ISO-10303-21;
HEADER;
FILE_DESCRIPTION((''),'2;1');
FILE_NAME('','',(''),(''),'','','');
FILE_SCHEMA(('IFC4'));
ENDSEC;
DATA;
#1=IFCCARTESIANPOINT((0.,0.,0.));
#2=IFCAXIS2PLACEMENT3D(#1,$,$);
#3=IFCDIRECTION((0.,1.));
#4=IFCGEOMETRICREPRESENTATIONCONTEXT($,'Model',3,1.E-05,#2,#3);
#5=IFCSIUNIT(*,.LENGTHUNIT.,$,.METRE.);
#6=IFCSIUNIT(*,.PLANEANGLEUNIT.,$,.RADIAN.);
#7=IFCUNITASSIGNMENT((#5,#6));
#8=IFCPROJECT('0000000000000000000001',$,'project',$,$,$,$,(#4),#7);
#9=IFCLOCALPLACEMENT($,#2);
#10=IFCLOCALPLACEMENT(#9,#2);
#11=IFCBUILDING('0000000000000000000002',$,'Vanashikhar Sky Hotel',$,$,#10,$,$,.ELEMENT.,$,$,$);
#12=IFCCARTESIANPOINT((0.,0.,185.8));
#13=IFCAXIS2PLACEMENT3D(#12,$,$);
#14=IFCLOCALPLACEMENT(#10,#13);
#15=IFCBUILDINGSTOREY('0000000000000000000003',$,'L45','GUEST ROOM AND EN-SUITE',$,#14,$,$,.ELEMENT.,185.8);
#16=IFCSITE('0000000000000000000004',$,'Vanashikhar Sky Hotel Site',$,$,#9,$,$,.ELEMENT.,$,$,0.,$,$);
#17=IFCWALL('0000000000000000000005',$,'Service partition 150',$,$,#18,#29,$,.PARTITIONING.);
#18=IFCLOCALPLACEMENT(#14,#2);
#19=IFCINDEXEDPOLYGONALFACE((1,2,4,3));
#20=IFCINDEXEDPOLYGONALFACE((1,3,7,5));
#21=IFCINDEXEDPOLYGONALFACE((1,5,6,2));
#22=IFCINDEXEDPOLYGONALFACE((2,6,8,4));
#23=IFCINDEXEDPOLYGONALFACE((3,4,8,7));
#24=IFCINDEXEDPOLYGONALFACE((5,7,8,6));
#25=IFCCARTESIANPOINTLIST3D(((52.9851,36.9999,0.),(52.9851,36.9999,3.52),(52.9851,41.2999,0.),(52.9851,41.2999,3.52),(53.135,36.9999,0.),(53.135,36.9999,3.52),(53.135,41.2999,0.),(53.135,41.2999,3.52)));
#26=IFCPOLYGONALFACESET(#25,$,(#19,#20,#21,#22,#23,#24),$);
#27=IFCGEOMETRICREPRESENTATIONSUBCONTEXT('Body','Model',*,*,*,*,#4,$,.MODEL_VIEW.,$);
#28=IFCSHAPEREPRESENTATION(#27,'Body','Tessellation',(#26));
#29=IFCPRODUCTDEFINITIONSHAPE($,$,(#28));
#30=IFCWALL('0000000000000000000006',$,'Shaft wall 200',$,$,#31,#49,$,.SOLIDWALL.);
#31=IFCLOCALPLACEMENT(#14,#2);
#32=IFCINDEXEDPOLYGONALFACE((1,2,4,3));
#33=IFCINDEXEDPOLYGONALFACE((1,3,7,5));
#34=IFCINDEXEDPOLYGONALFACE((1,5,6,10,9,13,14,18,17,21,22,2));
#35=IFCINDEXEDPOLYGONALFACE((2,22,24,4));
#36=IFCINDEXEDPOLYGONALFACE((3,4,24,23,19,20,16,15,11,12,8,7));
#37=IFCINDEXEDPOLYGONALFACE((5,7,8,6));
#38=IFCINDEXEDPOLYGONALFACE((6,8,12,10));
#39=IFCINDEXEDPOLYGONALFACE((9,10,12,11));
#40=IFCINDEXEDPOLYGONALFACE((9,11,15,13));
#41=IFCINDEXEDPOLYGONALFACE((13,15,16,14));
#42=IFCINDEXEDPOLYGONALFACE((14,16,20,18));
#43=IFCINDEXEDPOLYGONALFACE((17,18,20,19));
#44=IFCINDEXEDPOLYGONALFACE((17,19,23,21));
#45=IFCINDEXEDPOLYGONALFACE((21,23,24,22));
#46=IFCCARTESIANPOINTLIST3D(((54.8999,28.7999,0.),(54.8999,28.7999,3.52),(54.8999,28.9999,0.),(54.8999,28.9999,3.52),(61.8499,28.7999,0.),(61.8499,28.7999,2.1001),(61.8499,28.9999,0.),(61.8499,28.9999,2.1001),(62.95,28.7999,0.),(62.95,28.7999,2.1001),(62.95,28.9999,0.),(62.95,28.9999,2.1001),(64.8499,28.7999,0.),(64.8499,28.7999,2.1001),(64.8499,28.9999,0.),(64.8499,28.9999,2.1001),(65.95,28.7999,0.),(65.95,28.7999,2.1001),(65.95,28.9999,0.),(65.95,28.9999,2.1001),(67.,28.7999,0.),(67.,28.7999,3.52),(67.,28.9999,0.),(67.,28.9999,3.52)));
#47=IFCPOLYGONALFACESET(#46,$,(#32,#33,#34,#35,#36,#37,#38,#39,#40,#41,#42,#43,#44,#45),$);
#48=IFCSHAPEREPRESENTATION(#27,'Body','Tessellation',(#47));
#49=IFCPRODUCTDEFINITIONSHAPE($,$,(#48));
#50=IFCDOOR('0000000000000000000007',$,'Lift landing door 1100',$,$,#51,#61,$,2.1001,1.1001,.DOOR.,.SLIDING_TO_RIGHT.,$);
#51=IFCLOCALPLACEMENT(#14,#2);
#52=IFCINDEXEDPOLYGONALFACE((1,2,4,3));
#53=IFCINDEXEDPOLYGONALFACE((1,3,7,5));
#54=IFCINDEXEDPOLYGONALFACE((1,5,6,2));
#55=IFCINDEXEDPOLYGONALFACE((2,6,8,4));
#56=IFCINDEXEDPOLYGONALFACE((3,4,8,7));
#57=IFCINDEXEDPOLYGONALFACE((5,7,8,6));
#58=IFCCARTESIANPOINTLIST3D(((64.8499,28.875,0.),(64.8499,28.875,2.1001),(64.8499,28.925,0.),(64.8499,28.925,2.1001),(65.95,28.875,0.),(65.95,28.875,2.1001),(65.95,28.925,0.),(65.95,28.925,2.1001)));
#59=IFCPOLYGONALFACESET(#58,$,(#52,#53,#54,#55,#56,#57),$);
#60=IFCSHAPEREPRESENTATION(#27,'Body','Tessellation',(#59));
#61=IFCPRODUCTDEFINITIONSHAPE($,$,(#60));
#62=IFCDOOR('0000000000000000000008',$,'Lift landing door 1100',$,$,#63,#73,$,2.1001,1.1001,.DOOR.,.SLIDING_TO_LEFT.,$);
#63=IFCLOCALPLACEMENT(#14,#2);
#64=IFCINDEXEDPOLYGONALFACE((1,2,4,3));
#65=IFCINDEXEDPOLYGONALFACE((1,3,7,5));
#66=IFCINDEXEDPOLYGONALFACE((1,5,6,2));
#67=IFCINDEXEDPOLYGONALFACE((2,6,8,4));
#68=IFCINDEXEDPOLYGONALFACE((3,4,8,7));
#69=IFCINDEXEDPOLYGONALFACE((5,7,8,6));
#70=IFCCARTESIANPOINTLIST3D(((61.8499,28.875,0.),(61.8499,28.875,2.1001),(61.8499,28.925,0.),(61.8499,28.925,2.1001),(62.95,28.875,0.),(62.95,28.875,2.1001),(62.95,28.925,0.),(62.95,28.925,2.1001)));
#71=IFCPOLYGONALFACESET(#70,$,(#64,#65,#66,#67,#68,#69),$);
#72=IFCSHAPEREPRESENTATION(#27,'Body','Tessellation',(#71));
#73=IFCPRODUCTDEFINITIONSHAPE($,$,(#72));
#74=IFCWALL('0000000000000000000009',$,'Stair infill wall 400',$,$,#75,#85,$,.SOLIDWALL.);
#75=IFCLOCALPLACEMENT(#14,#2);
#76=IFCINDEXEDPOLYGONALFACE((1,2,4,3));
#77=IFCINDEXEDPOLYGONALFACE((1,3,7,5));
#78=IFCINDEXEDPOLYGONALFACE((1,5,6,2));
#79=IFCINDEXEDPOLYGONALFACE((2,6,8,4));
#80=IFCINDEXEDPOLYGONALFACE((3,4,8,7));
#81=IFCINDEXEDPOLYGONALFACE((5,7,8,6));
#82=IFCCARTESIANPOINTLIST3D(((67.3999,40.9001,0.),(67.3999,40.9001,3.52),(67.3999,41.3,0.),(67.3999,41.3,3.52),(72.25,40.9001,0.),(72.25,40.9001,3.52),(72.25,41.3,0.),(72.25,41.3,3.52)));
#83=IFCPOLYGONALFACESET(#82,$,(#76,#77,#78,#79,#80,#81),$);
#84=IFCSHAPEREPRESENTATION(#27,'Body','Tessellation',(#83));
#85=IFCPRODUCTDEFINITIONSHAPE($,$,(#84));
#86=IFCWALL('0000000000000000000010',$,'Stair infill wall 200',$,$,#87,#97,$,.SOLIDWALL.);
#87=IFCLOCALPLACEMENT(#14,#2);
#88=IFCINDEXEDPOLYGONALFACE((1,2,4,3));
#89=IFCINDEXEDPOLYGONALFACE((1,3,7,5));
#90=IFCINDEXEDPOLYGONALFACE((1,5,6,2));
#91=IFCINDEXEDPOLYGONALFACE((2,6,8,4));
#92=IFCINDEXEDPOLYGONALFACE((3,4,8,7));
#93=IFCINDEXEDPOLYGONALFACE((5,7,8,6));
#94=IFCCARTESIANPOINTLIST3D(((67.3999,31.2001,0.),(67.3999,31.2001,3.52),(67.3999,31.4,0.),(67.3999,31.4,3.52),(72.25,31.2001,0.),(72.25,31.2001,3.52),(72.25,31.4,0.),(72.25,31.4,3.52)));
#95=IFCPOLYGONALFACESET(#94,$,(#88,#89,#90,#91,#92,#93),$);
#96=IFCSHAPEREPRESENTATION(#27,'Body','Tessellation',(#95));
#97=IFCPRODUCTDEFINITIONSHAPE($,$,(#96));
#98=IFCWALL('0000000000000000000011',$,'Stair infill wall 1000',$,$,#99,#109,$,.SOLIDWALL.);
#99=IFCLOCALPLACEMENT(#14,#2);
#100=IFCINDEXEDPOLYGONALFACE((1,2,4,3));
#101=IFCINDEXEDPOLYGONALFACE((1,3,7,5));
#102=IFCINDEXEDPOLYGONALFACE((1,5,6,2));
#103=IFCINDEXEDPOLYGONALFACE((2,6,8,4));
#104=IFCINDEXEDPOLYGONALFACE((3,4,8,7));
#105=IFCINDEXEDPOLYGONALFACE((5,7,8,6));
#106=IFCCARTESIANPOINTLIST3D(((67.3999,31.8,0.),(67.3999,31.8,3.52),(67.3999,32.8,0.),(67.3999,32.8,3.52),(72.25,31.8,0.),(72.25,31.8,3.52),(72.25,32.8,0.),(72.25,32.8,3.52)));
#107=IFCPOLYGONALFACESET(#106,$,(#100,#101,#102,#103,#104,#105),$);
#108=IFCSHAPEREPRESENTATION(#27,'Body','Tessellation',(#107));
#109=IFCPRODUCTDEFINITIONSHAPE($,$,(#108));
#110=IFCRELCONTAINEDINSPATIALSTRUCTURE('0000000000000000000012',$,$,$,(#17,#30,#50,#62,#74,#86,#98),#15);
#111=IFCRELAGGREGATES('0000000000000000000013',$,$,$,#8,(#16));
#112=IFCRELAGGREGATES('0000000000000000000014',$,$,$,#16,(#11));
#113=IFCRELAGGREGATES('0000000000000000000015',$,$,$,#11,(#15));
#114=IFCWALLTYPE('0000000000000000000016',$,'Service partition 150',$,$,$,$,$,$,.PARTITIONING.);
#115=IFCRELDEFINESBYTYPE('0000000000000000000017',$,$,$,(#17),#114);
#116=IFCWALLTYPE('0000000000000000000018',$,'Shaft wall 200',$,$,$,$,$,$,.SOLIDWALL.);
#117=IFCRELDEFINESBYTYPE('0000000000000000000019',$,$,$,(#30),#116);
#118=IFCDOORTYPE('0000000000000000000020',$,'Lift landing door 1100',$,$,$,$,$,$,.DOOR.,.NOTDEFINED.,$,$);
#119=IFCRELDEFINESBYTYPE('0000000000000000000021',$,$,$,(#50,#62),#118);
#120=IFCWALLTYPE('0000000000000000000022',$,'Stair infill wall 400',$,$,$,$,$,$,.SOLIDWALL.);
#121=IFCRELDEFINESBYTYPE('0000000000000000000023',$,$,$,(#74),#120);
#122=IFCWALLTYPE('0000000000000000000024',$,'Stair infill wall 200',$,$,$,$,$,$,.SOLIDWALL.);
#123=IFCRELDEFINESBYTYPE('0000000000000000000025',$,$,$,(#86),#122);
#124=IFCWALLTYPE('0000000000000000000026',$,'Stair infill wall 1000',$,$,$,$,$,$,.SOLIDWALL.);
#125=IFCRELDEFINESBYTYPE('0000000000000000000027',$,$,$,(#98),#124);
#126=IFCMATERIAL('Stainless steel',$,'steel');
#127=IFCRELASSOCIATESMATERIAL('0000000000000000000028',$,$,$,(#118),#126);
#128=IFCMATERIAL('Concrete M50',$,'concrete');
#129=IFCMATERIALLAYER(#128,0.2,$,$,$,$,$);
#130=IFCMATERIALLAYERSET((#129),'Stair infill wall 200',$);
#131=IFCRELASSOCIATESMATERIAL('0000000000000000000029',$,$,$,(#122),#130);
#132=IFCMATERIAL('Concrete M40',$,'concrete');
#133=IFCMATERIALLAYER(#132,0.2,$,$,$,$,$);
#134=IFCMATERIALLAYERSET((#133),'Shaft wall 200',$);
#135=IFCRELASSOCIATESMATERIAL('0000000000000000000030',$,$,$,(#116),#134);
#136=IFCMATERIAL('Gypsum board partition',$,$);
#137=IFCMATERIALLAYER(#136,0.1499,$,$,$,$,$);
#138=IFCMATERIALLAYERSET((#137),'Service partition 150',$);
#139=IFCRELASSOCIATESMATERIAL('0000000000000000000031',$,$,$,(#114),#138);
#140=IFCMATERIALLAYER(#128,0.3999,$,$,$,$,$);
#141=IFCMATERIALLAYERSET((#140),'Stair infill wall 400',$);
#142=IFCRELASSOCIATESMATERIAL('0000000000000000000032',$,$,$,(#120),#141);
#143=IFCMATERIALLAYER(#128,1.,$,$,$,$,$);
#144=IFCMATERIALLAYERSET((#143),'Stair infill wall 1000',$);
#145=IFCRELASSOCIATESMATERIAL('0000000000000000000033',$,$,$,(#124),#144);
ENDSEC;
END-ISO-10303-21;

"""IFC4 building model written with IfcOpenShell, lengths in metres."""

from ifc_helpers import new_model, si_unit, direction, frame, frame_2d, origin, place, context, subcontext, project, spatial, rectangle, extrude, source, transform, mapped, material, layer, layer_set, type_object, element, fill, save


model = new_model("IFC4")

# Units and contexts
model_context = context("Model", 3, precision=1e-05, world=origin(), true_north=direction((0.0, 1.0)))
body_context = subcontext(model_context, "Body", "Model", "MODEL_VIEW")
ifc_project = project(units=[si_unit("LENGTHUNIT", "METRE"), si_unit("PLANEANGLEUNIT", "RADIAN")], contexts=[model_context])

# Site, building, storey
site_placement = place(None, origin())
site = spatial("IfcSite", under=ifc_project, at=site_placement, Name="Vanashikhar Sky Hotel Site", CompositionType="ELEMENT", RefElevation=0.0)
building_placement = place(site_placement, origin())
building = spatial("IfcBuilding", under=site, at=building_placement, Name="Vanashikhar Sky Hotel", CompositionType="ELEMENT")
storey_placement = place(building_placement, frame((0.0, 0.0, 185.8)))
storey = spatial("IfcBuildingStorey", under=building, at=storey_placement, Name="L45", Description="GUEST ROOM AND EN-SUITE", CompositionType="ELEMENT", Elevation=185.8)

# Shared definitions
ifc_material_1 = material(Name="Stainless steel", Category="steel")
door_type_1 = type_object("IfcDoorType", Name="Lift landing door 1100", OperationType="NOTDEFINED", PredefinedType="DOOR", material=ifc_material_1)
shared_shape_1 = source(origin(), body_context, "Body", "SweptSolid", [
    extrude(rectangle(XDim=1.1001, YDim=2.1001, at=frame_2d((0.55, 1.05))), frame((0.0, 0.0249, 0.0), z_axis=(0.0, -1.0, 0.0), x_axis=(1.0, 0.0, 0.0)), (0.0, 0.0, 1.0), 0.05),
])

# Shared definitions
ifc_material_2 = material(Name="Concrete M50", Category="concrete")
ifc_layer_1 = layer(ifc_material_2, 0.2)
ifc_layer_set_1 = layer_set([ifc_layer_1], Name="Stair infill wall 200")
wall_type_1 = type_object("IfcWallType", Name="Stair infill wall 200", PredefinedType="SOLIDWALL", material=ifc_layer_set_1)
ifc_material_3 = material(Name="Concrete M40", Category="concrete")
ifc_layer_2 = layer(ifc_material_3, 0.2)
ifc_layer_set_2 = layer_set([ifc_layer_2], Name="Shaft wall 200")
wall_type_2 = type_object("IfcWallType", Name="Shaft wall 200", PredefinedType="SOLIDWALL", material=ifc_layer_set_2)
ifc_material_4 = material(Name="Gypsum board partition")
ifc_layer_3 = layer(ifc_material_4, 0.1499)
ifc_layer_set_3 = layer_set([ifc_layer_3], Name="Service partition 150")
wall_type_3 = type_object("IfcWallType", Name="Service partition 150", PredefinedType="PARTITIONING", material=ifc_layer_set_3)

# Wall
shared_shape_2 = source(origin(), body_context, "Body", "SweptSolid", [
    extrude(rectangle(XDim=4.3, YDim=0.1499, at=frame_2d((2.1499, 0.0))), origin(), (0.0, 0.0, 1.0), 3.52),
])
for number, where, z_axis, x_axis, name in (
    (1, (53.0601, 37.0, 0.0), (0.0, 0.0, 1.0), (0.0, 1.0, 0.0), "Service partition 150"),
):
    element("IfcWall", number, at=place(storey_placement, frame(where, z_axis=z_axis, x_axis=x_axis)), inside=storey, type_object=wall_type_3, Name=name, PredefinedType="PARTITIONING", context=body_context, shape_type="MappedRepresentation", body=[
        mapped(shared_shape_2, transform((0.0, 0.0, 0.0), scale=1.0)),
    ])

# Wall, openings, doors
shared_shape_3 = source(origin(), body_context, "Body", "SweptSolid", [
    extrude(rectangle(XDim=12.1001, YDim=0.2, at=frame_2d((6.05, 0.0))), origin(), (0.0, 0.0, 1.0), 3.52),
])
wall_1_placement = place(storey_placement, frame((67.0, 28.8999, 0.0), z_axis=(0.0, 0.0, 1.0), x_axis=(-1.0, 0.0, 0.0)))
wall_1 = element("IfcWall", 2, at=wall_1_placement, inside=storey, type_object=wall_type_2, Name="Shaft wall 200", PredefinedType="SOLIDWALL", context=body_context, shape_type="MappedRepresentation", body=[
    mapped(shared_shape_3, transform((0.0, 0.0, 0.0), scale=1.0)),
])
shared_shape_4 = source(origin(), body_context, "Body", "SweptSolid", [
    extrude(rectangle(XDim=1.1001, YDim=2.1001, at=frame_2d((0.55, 1.05))), frame((0.0, 0.1099, 0.0), z_axis=(0.0, -1.0, 0.0), x_axis=(1.0, 0.0, 0.0)), (0.0, 0.0, 1.0), 0.22),
])
opening_1_placement = place(wall_1_placement, frame((1.05, 0.0, 0.0)))
opening_1 = element("IfcOpeningElement", 3, at=opening_1_placement, cuts=wall_1, PredefinedType="OPENING", context=body_context, shape_type="MappedRepresentation", body=[
    mapped(shared_shape_4, transform((0.0, 0.0, 0.0), scale=1.0)),
])
opening_2_placement = place(wall_1_placement, frame((4.05, 0.0, 0.0)))
opening_2 = element("IfcOpeningElement", 4, at=opening_2_placement, cuts=wall_1, PredefinedType="OPENING", context=body_context, shape_type="MappedRepresentation", body=[
    mapped(shared_shape_4, transform((0.0, 0.0, 0.0), scale=1.0)),
])
door_1_placement = place(opening_1_placement, origin())
door_1 = element("IfcDoor", 5, at=door_1_placement, inside=storey, type_object=door_type_1, Name="Lift landing door 1100", OperationType="SLIDING_TO_RIGHT", OverallHeight=2.1001, OverallWidth=1.1001, PredefinedType="DOOR", context=body_context, shape_type="MappedRepresentation", body=[
    mapped(shared_shape_1, transform((0.0, 0.0, 0.0), scale=1.0)),
])
fill(opening_1, door_1)
door_2_placement = place(opening_2_placement, origin())
door_2 = element("IfcDoor", 6, at=door_2_placement, inside=storey, type_object=door_type_1, Name="Lift landing door 1100", OperationType="SLIDING_TO_LEFT", OverallHeight=2.1001, OverallWidth=1.1001, PredefinedType="DOOR", context=body_context, shape_type="MappedRepresentation", body=[
    mapped(shared_shape_1, transform((0.0, 0.0, 0.0), scale=1.0)),
])
fill(opening_2, door_2)

# Walls
ifc_layer_4 = layer(ifc_material_2, 0.3999)
ifc_layer_set_4 = layer_set([ifc_layer_4], Name="Stair infill wall 400")
wall_type_4 = type_object("IfcWallType", Name="Stair infill wall 400", PredefinedType="SOLIDWALL", material=ifc_layer_set_4)
shared_shape_5 = source(origin(), body_context, "Body", "SweptSolid", [
    extrude(rectangle(XDim=4.8501, YDim=0.3999, at=frame_2d((2.425, 0.0))), origin(), (0.0, 0.0, 1.0), 3.52),
])
wall_2_placement = place(storey_placement, frame((67.3999, 41.1001, 0.0), z_axis=(0.0, 0.0, 1.0), x_axis=(1.0, 0.0, 0.0)))
element("IfcWall", 7, at=wall_2_placement, inside=storey, type_object=wall_type_4, Name="Stair infill wall 400", PredefinedType="SOLIDWALL", context=body_context, shape_type="MappedRepresentation", body=[
    mapped(shared_shape_5, transform((0.0, 0.0, 0.0), scale=1.0)),
])
shared_shape_6 = source(origin(), body_context, "Body", "SweptSolid", [
    extrude(rectangle(XDim=4.8501, YDim=0.2, at=frame_2d((2.425, 0.0))), origin(), (0.0, 0.0, 1.0), 3.52),
])
wall_3_placement = place(storey_placement, frame((67.3999, 31.3, 0.0), z_axis=(0.0, 0.0, 1.0), x_axis=(1.0, 0.0, 0.0)))
element("IfcWall", 8, at=wall_3_placement, inside=storey, type_object=wall_type_1, Name="Stair infill wall 200", PredefinedType="SOLIDWALL", context=body_context, shape_type="MappedRepresentation", body=[
    mapped(shared_shape_6, transform((0.0, 0.0, 0.0), scale=1.0)),
])
ifc_layer_5 = layer(ifc_material_2, 1.0)
ifc_layer_set_5 = layer_set([ifc_layer_5], Name="Stair infill wall 1000")
wall_type_5 = type_object("IfcWallType", Name="Stair infill wall 1000", PredefinedType="SOLIDWALL", material=ifc_layer_set_5)
shared_shape_7 = source(origin(), body_context, "Body", "SweptSolid", [
    extrude(rectangle(XDim=4.8501, YDim=1.0, at=frame_2d((2.425, 0.0))), origin(), (0.0, 0.0, 1.0), 3.52),
])
wall_4_placement = place(storey_placement, frame((67.3999, 32.3, 0.0), z_axis=(0.0, 0.0, 1.0), x_axis=(1.0, 0.0, 0.0)))
element("IfcWall", 9, at=wall_4_placement, inside=storey, type_object=wall_type_5, Name="Stair infill wall 1000", PredefinedType="SOLIDWALL", context=body_context, shape_type="MappedRepresentation", body=[
    mapped(shared_shape_7, transform((0.0, 0.0, 0.0), scale=1.0)),
])

save(model, "model.ifc")
